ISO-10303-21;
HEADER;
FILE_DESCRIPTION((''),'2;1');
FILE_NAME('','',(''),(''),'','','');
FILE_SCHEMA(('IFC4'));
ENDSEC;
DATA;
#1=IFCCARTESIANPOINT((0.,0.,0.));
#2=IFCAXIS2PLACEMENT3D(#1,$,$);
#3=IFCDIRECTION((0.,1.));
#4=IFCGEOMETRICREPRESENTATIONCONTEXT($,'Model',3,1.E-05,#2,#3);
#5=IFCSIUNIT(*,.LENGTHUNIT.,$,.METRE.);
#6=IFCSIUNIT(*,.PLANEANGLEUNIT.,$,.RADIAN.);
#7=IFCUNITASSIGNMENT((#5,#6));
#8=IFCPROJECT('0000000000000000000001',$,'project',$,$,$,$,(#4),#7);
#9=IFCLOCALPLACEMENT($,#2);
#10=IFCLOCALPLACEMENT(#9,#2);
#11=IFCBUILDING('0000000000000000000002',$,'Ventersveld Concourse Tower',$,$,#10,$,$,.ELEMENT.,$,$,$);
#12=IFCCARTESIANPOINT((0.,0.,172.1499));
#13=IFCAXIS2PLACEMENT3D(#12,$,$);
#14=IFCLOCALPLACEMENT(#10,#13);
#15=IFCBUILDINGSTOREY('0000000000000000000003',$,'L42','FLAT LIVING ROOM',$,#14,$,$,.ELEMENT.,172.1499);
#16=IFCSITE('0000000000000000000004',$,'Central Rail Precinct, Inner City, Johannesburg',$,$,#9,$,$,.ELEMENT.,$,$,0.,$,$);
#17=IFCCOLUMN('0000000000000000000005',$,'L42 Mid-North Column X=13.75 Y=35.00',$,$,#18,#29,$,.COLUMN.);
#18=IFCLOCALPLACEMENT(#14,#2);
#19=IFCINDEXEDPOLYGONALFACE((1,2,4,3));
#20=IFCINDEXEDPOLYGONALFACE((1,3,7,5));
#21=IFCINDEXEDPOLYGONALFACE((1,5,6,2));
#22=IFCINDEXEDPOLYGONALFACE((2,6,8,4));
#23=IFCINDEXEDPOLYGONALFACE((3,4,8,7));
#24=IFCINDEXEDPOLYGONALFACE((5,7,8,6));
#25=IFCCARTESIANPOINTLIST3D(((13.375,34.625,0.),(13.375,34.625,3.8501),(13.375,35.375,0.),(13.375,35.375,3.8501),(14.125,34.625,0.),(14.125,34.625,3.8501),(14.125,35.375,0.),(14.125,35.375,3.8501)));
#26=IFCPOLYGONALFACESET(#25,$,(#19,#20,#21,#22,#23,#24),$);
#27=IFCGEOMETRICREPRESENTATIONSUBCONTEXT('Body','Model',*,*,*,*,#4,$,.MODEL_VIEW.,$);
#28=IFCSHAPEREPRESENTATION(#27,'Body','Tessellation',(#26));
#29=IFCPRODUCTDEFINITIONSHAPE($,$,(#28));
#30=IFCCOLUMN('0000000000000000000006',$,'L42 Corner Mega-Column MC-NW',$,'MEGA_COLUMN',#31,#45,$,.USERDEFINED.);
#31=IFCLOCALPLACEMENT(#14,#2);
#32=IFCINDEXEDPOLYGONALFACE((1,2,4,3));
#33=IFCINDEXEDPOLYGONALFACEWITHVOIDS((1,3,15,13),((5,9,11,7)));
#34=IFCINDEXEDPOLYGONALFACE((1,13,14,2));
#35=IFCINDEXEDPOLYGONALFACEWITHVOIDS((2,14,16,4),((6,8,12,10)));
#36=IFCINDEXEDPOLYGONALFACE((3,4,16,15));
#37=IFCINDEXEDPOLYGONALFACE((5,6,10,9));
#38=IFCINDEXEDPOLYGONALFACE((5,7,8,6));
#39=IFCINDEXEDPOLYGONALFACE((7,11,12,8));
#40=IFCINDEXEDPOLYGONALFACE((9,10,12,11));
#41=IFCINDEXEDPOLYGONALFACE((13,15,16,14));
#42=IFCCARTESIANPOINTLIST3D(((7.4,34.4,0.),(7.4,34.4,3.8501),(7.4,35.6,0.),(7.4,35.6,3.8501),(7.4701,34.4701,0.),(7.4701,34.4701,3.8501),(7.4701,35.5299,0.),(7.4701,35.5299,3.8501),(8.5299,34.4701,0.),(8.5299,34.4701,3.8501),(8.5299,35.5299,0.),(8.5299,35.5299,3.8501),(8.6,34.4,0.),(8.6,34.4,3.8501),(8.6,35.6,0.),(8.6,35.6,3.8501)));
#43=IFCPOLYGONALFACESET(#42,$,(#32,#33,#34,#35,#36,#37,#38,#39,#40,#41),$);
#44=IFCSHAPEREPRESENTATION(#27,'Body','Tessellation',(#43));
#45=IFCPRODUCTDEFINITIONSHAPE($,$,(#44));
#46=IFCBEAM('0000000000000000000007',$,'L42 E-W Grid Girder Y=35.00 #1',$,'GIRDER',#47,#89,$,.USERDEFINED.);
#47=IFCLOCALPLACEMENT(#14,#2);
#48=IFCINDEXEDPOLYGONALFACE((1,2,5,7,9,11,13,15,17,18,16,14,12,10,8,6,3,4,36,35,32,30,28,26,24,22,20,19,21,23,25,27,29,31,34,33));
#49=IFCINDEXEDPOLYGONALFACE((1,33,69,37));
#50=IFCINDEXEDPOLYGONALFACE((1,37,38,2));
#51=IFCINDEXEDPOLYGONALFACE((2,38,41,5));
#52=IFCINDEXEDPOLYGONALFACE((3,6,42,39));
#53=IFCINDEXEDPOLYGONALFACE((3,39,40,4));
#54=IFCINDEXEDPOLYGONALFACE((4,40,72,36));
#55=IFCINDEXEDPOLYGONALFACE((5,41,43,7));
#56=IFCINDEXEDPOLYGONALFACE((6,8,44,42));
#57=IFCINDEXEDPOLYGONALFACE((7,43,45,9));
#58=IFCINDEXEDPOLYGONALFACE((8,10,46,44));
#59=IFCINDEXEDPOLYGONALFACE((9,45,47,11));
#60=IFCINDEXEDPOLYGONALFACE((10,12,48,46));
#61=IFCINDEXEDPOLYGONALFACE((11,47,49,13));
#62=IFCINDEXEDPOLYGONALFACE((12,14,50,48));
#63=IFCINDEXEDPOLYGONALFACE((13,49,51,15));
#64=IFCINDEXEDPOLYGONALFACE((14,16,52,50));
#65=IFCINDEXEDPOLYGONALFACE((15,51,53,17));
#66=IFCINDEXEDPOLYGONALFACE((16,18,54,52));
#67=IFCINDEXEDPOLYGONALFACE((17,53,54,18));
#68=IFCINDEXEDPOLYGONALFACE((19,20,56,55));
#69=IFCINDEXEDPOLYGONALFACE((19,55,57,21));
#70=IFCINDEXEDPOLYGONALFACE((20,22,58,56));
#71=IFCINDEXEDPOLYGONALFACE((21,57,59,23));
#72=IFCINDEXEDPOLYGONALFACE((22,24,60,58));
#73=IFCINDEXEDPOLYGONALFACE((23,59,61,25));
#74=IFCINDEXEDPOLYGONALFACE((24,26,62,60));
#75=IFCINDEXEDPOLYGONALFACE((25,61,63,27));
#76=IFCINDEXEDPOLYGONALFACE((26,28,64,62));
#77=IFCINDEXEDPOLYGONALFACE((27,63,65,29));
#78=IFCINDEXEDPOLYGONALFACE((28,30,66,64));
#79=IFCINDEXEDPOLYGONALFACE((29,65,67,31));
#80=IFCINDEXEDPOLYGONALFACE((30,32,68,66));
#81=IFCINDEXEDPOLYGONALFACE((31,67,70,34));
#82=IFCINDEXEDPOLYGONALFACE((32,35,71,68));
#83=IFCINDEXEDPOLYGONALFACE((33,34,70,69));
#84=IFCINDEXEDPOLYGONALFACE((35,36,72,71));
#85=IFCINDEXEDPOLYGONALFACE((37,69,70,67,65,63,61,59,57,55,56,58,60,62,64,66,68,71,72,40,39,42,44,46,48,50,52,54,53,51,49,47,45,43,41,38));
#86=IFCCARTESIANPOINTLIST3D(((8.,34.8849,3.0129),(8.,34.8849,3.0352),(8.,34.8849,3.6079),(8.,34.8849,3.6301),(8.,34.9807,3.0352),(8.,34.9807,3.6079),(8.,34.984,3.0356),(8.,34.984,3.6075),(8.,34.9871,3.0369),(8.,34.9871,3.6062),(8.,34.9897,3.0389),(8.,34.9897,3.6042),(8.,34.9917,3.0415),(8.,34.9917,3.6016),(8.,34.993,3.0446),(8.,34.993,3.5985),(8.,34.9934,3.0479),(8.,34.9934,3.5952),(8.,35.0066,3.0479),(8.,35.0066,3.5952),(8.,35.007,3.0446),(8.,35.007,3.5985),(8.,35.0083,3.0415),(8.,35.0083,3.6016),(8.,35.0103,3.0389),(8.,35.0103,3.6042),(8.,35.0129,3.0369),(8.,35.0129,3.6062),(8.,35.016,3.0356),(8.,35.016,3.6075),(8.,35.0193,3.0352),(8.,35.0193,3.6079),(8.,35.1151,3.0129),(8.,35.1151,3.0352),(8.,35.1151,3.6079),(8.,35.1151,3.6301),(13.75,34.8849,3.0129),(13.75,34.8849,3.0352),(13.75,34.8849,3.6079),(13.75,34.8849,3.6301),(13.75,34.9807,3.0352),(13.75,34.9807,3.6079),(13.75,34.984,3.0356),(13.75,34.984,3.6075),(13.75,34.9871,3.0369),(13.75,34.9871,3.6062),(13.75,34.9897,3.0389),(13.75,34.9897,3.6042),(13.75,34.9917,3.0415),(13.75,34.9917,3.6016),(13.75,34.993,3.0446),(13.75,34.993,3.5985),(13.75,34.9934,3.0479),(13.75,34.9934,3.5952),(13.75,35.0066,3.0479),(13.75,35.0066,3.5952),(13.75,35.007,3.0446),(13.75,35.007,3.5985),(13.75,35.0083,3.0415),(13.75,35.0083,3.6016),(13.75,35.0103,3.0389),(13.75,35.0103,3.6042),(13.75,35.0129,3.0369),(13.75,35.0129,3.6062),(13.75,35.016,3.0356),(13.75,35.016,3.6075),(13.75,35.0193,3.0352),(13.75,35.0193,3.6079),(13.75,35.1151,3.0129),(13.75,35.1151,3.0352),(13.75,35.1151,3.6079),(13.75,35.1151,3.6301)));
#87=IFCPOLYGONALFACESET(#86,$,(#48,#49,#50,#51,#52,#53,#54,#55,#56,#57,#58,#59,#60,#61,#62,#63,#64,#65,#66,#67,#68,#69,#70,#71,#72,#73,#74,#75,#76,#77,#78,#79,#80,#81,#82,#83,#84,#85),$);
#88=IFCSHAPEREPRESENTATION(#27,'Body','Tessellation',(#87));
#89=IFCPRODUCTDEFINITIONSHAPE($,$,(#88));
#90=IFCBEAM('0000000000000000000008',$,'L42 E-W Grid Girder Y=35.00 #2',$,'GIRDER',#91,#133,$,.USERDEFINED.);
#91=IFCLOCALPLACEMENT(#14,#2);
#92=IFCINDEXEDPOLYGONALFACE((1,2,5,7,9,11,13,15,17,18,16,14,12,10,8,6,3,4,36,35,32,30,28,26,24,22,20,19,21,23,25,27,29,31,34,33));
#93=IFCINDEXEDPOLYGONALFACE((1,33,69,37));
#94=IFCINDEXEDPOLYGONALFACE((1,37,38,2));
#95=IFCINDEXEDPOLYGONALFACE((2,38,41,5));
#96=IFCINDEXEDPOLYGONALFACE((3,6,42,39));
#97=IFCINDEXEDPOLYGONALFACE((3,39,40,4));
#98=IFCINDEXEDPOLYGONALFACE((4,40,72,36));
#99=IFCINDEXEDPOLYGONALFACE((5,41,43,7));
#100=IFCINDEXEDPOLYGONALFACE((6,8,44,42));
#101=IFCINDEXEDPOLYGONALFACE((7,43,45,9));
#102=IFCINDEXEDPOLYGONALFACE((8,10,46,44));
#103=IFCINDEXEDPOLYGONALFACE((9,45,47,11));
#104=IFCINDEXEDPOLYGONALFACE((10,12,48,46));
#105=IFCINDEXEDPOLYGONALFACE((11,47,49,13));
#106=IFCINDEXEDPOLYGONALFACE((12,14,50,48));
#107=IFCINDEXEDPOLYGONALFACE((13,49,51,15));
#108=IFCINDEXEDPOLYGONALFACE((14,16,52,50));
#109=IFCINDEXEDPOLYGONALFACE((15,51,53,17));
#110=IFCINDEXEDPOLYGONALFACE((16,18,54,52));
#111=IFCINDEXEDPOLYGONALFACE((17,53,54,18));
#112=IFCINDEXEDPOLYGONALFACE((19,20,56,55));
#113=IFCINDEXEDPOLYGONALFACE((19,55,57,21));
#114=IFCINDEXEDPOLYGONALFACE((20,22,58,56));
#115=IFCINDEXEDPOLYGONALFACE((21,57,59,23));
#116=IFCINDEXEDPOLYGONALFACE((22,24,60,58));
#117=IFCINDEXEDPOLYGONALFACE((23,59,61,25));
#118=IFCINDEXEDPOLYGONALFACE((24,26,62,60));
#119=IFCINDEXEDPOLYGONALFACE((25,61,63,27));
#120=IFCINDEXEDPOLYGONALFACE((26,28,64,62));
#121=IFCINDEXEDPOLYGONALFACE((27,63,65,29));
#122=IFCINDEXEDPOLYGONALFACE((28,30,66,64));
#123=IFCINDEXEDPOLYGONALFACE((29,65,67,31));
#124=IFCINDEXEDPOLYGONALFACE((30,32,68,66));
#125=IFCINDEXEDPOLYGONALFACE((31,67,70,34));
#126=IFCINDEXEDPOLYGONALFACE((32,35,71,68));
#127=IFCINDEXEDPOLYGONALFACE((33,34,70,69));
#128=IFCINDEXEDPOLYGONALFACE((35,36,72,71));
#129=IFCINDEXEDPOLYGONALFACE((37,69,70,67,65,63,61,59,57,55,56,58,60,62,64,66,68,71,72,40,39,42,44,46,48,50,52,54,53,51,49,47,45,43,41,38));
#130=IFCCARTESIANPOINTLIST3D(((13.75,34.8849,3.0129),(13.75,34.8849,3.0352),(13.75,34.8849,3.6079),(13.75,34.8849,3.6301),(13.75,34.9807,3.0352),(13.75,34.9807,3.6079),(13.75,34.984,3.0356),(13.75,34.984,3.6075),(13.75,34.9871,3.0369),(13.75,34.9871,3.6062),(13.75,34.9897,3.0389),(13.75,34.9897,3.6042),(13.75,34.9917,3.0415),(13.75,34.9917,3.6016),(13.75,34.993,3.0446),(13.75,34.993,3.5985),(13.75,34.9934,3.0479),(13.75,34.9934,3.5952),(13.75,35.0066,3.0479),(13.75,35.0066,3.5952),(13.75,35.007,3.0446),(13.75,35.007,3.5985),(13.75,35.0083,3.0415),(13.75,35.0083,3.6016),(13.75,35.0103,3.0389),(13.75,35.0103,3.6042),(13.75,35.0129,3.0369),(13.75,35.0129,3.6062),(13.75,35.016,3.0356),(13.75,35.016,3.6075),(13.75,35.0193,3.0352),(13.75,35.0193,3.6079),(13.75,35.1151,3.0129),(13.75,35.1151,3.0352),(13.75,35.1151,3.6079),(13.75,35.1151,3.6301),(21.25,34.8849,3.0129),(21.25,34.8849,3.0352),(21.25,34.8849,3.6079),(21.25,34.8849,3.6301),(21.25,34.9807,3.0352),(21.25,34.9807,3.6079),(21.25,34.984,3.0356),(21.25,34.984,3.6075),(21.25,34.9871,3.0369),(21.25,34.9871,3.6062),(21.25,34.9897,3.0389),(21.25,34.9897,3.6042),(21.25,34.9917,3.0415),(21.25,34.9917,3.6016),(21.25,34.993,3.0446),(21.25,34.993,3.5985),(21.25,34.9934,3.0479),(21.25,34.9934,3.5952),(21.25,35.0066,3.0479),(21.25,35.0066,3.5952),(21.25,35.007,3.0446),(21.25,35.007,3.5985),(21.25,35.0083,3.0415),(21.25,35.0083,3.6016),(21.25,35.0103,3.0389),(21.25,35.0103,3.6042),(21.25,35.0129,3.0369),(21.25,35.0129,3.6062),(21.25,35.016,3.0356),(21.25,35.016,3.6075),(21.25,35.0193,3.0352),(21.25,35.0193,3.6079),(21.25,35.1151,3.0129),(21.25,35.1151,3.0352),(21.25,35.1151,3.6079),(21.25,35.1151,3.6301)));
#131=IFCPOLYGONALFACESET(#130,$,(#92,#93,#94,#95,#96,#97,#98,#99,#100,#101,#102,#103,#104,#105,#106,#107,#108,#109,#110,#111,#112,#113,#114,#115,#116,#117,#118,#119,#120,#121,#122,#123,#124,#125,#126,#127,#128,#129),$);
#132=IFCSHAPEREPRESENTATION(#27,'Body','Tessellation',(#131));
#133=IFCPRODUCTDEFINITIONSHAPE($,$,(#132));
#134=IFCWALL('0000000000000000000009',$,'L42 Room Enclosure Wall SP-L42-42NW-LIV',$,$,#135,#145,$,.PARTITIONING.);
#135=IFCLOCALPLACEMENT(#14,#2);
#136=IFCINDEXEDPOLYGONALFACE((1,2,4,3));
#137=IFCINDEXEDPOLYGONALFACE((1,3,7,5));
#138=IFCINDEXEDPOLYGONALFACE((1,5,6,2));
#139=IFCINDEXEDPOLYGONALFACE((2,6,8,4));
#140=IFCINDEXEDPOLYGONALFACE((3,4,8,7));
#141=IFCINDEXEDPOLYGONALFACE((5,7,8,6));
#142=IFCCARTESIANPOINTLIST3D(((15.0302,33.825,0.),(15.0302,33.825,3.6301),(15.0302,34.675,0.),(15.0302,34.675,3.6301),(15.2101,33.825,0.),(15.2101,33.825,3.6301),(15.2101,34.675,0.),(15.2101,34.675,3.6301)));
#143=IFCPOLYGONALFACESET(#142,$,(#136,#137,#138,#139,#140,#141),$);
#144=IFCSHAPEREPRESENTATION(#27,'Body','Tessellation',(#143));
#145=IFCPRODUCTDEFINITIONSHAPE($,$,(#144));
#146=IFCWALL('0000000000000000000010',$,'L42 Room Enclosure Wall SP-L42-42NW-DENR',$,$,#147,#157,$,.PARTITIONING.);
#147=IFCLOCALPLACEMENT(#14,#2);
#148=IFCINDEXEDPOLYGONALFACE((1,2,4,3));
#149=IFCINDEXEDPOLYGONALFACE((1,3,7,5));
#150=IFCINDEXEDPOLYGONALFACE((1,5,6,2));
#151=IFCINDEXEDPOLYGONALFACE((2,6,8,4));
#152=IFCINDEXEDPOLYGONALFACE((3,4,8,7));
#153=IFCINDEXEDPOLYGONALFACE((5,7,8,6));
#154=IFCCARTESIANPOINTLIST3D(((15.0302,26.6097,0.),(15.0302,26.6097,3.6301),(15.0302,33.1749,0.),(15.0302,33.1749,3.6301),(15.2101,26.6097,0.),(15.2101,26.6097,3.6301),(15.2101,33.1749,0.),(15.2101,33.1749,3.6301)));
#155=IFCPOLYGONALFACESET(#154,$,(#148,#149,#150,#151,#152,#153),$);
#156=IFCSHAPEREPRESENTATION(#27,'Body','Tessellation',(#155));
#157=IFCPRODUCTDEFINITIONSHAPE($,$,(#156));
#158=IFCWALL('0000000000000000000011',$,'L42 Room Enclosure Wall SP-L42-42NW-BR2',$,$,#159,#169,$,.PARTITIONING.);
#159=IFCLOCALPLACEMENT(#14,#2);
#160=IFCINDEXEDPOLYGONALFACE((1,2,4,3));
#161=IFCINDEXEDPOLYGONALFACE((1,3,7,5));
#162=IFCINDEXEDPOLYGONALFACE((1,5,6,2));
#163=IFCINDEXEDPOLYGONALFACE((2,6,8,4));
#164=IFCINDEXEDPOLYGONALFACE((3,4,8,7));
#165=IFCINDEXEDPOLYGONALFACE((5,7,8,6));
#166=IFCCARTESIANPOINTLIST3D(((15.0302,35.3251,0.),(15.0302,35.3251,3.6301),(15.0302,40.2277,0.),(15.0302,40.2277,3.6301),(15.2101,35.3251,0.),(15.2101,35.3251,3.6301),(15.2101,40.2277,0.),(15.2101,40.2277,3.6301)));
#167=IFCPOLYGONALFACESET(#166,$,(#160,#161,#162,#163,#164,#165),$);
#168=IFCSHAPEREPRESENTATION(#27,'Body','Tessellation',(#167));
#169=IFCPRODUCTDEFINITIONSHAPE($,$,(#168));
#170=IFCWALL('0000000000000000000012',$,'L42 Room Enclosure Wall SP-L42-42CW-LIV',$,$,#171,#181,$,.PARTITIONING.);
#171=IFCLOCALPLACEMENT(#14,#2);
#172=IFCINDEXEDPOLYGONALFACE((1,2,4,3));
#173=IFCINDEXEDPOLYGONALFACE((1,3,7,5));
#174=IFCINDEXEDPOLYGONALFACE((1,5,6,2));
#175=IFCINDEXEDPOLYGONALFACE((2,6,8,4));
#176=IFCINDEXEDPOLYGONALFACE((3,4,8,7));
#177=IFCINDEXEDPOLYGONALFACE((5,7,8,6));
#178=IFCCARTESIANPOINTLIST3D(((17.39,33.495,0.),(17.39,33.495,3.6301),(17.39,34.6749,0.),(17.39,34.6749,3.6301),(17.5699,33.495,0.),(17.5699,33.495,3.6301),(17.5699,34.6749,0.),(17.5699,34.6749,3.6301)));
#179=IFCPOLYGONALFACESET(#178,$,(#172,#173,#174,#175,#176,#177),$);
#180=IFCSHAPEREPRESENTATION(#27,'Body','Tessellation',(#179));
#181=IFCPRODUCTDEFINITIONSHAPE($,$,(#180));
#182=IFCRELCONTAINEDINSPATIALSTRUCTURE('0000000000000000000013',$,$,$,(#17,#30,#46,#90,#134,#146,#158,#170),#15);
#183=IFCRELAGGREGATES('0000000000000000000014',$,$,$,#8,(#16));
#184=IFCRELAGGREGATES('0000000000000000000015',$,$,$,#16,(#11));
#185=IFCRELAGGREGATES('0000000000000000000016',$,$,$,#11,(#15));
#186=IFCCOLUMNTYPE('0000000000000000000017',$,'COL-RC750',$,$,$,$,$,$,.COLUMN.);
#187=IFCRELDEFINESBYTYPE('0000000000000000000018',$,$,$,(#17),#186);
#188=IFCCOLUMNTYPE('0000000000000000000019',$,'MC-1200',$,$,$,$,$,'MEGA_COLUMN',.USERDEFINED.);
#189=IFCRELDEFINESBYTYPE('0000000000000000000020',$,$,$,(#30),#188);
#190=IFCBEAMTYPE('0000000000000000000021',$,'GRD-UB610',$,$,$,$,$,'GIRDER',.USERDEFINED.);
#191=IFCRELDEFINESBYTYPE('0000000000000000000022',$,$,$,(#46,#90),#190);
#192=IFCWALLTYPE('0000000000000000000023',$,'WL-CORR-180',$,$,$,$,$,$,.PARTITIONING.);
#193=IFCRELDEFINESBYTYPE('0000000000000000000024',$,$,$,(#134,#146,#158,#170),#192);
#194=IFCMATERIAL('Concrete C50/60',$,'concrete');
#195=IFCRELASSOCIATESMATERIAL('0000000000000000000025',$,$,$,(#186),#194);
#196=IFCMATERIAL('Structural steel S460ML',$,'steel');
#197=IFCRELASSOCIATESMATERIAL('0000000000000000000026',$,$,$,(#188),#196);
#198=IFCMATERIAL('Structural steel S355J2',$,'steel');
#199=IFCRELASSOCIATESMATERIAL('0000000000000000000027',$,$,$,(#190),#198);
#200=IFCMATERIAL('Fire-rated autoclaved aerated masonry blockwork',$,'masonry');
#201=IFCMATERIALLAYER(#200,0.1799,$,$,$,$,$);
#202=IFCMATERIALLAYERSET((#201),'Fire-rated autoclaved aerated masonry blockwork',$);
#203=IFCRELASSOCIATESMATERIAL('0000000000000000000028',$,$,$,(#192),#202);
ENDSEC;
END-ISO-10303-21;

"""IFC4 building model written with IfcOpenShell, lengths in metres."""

from ifc_helpers import new_model, si_unit, direction, frame, frame_2d, origin, origin_2d, place, context, subcontext, project, spatial, rectangle, hollow_rectangle, i_section, extrude, material, layer, layer_set, material_profile, profile_set, type_object, element, save


model = new_model("IFC4")

# Units and contexts
model_context = context("Model", 3, precision=1e-05, world=origin(), true_north=direction((0.0, 1.0)))
body_context = subcontext(model_context, "Body", "Model", "MODEL_VIEW")
ifc_project = project(units=[si_unit("LENGTHUNIT", "METRE"), si_unit("PLANEANGLEUNIT", "RADIAN")], contexts=[model_context])

# Site, building, storey
site_placement = place(None, origin())
site = spatial("IfcSite", under=ifc_project, at=site_placement, Name="Central Rail Precinct, Inner City, Johannesburg", CompositionType="ELEMENT", RefElevation=0.0)
building_placement = place(site_placement, origin())
building = spatial("IfcBuilding", under=site, at=building_placement, Name="Ventersveld Concourse Tower", CompositionType="ELEMENT")
storey_placement = place(building_placement, frame((0.0, 0.0, 172.1499)))
storey = spatial("IfcBuildingStorey", under=building, at=storey_placement, Name="L42", Description="FLAT LIVING ROOM", CompositionType="ELEMENT", Elevation=172.1499)

# Columns
ifc_material_1 = material(Name="Concrete C50/60", Category="concrete")
ifc_material_profile_1 = material_profile(ifc_material_1, rectangle(XDim=0.75, YDim=0.75, at=origin_2d()), Name="RC 750x750")
ifc_profile_set_1 = profile_set([ifc_material_profile_1], Name="Concrete C50/60")
column_type_1 = type_object("IfcColumnType", Name="COL-RC750", PredefinedType="COLUMN", material=ifc_profile_set_1)
column_1_placement = place(storey_placement, frame((13.75, 35.0, 0.0), z_axis=(0.0, 0.0, 1.0), x_axis=(1.0, 0.0, 0.0)))
element("IfcColumn", 1, at=column_1_placement, inside=storey, type_object=column_type_1, Name="L42 Mid-North Column X=13.75 Y=35.00", PredefinedType="COLUMN", context=body_context, shape_type="SweptSolid", body=[
    extrude(rectangle(XDim=0.75, YDim=0.75, at=origin_2d()), origin(), (0.0, 0.0, 1.0), 3.8501),
])
ifc_material_2 = material(Name="Structural steel S460ML", Category="steel")
ifc_material_profile_2 = material_profile(ifc_material_2, hollow_rectangle(XDim=1.2, YDim=1.2, WallThickness=0.0701, at=origin_2d()), Name="BOX 1200x1200x70")
ifc_profile_set_2 = profile_set([ifc_material_profile_2], Name="Structural steel S460ML")
column_type_2 = type_object("IfcColumnType", Name="MC-1200", ElementType="MEGA_COLUMN", PredefinedType="USERDEFINED", material=ifc_profile_set_2)
column_2_placement = place(storey_placement, frame((8.0, 35.0, 0.0), z_axis=(0.0, 0.0, 1.0), x_axis=(1.0, 0.0, 0.0)))
element("IfcColumn", 2, at=column_2_placement, inside=storey, type_object=column_type_2, Name="L42 Corner Mega-Column MC-NW", ObjectType="MEGA_COLUMN", PredefinedType="USERDEFINED", context=body_context, shape_type="SweptSolid", body=[
    extrude(hollow_rectangle(XDim=1.2, YDim=1.2, WallThickness=0.0701, at=origin_2d()), origin(), (0.0, 0.0, 1.0), 3.8501),
])

# Beams
ifc_material_3 = material(Name="Structural steel S355J2", Category="steel")
ifc_material_profile_3 = material_profile(ifc_material_3, i_section(OverallWidth=0.2302, OverallDepth=0.6172, WebThickness=0.0132, FlangeThickness=0.0222, FilletRadius=0.0127, at=origin_2d()), Name="UB 610x229x140")
ifc_profile_set_3 = profile_set([ifc_material_profile_3], Name="Structural steel S355J2")
beam_type = type_object("IfcBeamType", Name="GRD-UB610", ElementType="GIRDER", PredefinedType="USERDEFINED", material=ifc_profile_set_3)
beam_1_placement = place(storey_placement, frame((8.0, 35.0, 3.3215), z_axis=(1.0, 0.0, 0.0), x_axis=(0.0, 1.0, 0.0)))
element("IfcBeam", 3, at=beam_1_placement, inside=storey, type_object=beam_type, Name="L42 E-W Grid Girder Y=35.00 #1", ObjectType="GIRDER", PredefinedType="USERDEFINED", context=body_context, shape_type="SweptSolid", body=[
    extrude(i_section(OverallWidth=0.2302, OverallDepth=0.6172, WebThickness=0.0132, FlangeThickness=0.0222, FilletRadius=0.0127, at=origin_2d()), origin(), (0.0, 0.0, 1.0), 5.75),
])
beam_2_placement = place(storey_placement, frame((13.75, 35.0, 3.3215), z_axis=(1.0, 0.0, 0.0), x_axis=(0.0, 1.0, 0.0)))
element("IfcBeam", 4, at=beam_2_placement, inside=storey, type_object=beam_type, Name="L42 E-W Grid Girder Y=35.00 #2", ObjectType="GIRDER", PredefinedType="USERDEFINED", context=body_context, shape_type="SweptSolid", body=[
    extrude(i_section(OverallWidth=0.2302, OverallDepth=0.6172, WebThickness=0.0132, FlangeThickness=0.0222, FilletRadius=0.0127, at=origin_2d()), origin(), (0.0, 0.0, 1.0), 7.5),
])

# Walls
ifc_material_4 = material(Name="Fire-rated autoclaved aerated masonry blockwork", Category="masonry")
ifc_layer_1 = layer(ifc_material_4, 0.1799)
ifc_layer_set_1 = layer_set([ifc_layer_1], Name="Fire-rated autoclaved aerated masonry blockwork")
wall_type_1 = type_object("IfcWallType", Name="WL-CORR-180", PredefinedType="PARTITIONING", material=ifc_layer_set_1)
wall_1_placement = place(storey_placement, frame((15.1201, 34.675, 0.0), z_axis=(0.0, 0.0, 1.0), x_axis=(0.0, -1.0, 0.0)))
element("IfcWall", 5, at=wall_1_placement, inside=storey, type_object=wall_type_1, Name="L42 Room Enclosure Wall SP-L42-42NW-LIV", PredefinedType="PARTITIONING", context=body_context, shape_type="SweptSolid", body=[
    extrude(rectangle(XDim=0.8501, YDim=0.1799, at=frame_2d((0.425, 0.0))), origin(), (0.0, 0.0, 1.0), 3.6301),
])
wall_2_placement = place(storey_placement, frame((15.1201, 33.175, 0.0), z_axis=(0.0, 0.0, 1.0), x_axis=(0.0, -1.0, 0.0)))
element("IfcWall", 6, at=wall_2_placement, inside=storey, type_object=wall_type_1, Name="L42 Room Enclosure Wall SP-L42-42NW-DENR", PredefinedType="PARTITIONING", context=body_context, shape_type="SweptSolid", body=[
    extrude(rectangle(XDim=6.5652, YDim=0.1799, at=frame_2d((3.2827, 0.0))), origin(), (0.0, 0.0, 1.0), 3.6301),
])
wall_3_placement = place(storey_placement, frame((15.1201, 40.2275, 0.0), z_axis=(0.0, 0.0, 1.0), x_axis=(0.0, -1.0, 0.0)))
element("IfcWall", 7, at=wall_3_placement, inside=storey, type_object=wall_type_1, Name="L42 Room Enclosure Wall SP-L42-42NW-BR2", PredefinedType="PARTITIONING", context=body_context, shape_type="SweptSolid", body=[
    extrude(rectangle(XDim=4.9026, YDim=0.1799, at=frame_2d((2.4512, 0.0))), origin(), (0.0, 0.0, 1.0), 3.6301),
])
wall_4_placement = place(storey_placement, frame((17.48, 33.4951, 0.0), z_axis=(0.0, 0.0, 1.0), x_axis=(0.0, 1.0, 0.0)))
element("IfcWall", 8, at=wall_4_placement, inside=storey, type_object=wall_type_1, Name="L42 Room Enclosure Wall SP-L42-42CW-LIV", PredefinedType="PARTITIONING", context=body_context, shape_type="SweptSolid", body=[
    extrude(rectangle(XDim=1.1799, YDim=0.1799, at=frame_2d((0.5898, 0.0))), origin(), (0.0, 0.0, 1.0), 3.6301),
])

save(model, "model.ifc")
